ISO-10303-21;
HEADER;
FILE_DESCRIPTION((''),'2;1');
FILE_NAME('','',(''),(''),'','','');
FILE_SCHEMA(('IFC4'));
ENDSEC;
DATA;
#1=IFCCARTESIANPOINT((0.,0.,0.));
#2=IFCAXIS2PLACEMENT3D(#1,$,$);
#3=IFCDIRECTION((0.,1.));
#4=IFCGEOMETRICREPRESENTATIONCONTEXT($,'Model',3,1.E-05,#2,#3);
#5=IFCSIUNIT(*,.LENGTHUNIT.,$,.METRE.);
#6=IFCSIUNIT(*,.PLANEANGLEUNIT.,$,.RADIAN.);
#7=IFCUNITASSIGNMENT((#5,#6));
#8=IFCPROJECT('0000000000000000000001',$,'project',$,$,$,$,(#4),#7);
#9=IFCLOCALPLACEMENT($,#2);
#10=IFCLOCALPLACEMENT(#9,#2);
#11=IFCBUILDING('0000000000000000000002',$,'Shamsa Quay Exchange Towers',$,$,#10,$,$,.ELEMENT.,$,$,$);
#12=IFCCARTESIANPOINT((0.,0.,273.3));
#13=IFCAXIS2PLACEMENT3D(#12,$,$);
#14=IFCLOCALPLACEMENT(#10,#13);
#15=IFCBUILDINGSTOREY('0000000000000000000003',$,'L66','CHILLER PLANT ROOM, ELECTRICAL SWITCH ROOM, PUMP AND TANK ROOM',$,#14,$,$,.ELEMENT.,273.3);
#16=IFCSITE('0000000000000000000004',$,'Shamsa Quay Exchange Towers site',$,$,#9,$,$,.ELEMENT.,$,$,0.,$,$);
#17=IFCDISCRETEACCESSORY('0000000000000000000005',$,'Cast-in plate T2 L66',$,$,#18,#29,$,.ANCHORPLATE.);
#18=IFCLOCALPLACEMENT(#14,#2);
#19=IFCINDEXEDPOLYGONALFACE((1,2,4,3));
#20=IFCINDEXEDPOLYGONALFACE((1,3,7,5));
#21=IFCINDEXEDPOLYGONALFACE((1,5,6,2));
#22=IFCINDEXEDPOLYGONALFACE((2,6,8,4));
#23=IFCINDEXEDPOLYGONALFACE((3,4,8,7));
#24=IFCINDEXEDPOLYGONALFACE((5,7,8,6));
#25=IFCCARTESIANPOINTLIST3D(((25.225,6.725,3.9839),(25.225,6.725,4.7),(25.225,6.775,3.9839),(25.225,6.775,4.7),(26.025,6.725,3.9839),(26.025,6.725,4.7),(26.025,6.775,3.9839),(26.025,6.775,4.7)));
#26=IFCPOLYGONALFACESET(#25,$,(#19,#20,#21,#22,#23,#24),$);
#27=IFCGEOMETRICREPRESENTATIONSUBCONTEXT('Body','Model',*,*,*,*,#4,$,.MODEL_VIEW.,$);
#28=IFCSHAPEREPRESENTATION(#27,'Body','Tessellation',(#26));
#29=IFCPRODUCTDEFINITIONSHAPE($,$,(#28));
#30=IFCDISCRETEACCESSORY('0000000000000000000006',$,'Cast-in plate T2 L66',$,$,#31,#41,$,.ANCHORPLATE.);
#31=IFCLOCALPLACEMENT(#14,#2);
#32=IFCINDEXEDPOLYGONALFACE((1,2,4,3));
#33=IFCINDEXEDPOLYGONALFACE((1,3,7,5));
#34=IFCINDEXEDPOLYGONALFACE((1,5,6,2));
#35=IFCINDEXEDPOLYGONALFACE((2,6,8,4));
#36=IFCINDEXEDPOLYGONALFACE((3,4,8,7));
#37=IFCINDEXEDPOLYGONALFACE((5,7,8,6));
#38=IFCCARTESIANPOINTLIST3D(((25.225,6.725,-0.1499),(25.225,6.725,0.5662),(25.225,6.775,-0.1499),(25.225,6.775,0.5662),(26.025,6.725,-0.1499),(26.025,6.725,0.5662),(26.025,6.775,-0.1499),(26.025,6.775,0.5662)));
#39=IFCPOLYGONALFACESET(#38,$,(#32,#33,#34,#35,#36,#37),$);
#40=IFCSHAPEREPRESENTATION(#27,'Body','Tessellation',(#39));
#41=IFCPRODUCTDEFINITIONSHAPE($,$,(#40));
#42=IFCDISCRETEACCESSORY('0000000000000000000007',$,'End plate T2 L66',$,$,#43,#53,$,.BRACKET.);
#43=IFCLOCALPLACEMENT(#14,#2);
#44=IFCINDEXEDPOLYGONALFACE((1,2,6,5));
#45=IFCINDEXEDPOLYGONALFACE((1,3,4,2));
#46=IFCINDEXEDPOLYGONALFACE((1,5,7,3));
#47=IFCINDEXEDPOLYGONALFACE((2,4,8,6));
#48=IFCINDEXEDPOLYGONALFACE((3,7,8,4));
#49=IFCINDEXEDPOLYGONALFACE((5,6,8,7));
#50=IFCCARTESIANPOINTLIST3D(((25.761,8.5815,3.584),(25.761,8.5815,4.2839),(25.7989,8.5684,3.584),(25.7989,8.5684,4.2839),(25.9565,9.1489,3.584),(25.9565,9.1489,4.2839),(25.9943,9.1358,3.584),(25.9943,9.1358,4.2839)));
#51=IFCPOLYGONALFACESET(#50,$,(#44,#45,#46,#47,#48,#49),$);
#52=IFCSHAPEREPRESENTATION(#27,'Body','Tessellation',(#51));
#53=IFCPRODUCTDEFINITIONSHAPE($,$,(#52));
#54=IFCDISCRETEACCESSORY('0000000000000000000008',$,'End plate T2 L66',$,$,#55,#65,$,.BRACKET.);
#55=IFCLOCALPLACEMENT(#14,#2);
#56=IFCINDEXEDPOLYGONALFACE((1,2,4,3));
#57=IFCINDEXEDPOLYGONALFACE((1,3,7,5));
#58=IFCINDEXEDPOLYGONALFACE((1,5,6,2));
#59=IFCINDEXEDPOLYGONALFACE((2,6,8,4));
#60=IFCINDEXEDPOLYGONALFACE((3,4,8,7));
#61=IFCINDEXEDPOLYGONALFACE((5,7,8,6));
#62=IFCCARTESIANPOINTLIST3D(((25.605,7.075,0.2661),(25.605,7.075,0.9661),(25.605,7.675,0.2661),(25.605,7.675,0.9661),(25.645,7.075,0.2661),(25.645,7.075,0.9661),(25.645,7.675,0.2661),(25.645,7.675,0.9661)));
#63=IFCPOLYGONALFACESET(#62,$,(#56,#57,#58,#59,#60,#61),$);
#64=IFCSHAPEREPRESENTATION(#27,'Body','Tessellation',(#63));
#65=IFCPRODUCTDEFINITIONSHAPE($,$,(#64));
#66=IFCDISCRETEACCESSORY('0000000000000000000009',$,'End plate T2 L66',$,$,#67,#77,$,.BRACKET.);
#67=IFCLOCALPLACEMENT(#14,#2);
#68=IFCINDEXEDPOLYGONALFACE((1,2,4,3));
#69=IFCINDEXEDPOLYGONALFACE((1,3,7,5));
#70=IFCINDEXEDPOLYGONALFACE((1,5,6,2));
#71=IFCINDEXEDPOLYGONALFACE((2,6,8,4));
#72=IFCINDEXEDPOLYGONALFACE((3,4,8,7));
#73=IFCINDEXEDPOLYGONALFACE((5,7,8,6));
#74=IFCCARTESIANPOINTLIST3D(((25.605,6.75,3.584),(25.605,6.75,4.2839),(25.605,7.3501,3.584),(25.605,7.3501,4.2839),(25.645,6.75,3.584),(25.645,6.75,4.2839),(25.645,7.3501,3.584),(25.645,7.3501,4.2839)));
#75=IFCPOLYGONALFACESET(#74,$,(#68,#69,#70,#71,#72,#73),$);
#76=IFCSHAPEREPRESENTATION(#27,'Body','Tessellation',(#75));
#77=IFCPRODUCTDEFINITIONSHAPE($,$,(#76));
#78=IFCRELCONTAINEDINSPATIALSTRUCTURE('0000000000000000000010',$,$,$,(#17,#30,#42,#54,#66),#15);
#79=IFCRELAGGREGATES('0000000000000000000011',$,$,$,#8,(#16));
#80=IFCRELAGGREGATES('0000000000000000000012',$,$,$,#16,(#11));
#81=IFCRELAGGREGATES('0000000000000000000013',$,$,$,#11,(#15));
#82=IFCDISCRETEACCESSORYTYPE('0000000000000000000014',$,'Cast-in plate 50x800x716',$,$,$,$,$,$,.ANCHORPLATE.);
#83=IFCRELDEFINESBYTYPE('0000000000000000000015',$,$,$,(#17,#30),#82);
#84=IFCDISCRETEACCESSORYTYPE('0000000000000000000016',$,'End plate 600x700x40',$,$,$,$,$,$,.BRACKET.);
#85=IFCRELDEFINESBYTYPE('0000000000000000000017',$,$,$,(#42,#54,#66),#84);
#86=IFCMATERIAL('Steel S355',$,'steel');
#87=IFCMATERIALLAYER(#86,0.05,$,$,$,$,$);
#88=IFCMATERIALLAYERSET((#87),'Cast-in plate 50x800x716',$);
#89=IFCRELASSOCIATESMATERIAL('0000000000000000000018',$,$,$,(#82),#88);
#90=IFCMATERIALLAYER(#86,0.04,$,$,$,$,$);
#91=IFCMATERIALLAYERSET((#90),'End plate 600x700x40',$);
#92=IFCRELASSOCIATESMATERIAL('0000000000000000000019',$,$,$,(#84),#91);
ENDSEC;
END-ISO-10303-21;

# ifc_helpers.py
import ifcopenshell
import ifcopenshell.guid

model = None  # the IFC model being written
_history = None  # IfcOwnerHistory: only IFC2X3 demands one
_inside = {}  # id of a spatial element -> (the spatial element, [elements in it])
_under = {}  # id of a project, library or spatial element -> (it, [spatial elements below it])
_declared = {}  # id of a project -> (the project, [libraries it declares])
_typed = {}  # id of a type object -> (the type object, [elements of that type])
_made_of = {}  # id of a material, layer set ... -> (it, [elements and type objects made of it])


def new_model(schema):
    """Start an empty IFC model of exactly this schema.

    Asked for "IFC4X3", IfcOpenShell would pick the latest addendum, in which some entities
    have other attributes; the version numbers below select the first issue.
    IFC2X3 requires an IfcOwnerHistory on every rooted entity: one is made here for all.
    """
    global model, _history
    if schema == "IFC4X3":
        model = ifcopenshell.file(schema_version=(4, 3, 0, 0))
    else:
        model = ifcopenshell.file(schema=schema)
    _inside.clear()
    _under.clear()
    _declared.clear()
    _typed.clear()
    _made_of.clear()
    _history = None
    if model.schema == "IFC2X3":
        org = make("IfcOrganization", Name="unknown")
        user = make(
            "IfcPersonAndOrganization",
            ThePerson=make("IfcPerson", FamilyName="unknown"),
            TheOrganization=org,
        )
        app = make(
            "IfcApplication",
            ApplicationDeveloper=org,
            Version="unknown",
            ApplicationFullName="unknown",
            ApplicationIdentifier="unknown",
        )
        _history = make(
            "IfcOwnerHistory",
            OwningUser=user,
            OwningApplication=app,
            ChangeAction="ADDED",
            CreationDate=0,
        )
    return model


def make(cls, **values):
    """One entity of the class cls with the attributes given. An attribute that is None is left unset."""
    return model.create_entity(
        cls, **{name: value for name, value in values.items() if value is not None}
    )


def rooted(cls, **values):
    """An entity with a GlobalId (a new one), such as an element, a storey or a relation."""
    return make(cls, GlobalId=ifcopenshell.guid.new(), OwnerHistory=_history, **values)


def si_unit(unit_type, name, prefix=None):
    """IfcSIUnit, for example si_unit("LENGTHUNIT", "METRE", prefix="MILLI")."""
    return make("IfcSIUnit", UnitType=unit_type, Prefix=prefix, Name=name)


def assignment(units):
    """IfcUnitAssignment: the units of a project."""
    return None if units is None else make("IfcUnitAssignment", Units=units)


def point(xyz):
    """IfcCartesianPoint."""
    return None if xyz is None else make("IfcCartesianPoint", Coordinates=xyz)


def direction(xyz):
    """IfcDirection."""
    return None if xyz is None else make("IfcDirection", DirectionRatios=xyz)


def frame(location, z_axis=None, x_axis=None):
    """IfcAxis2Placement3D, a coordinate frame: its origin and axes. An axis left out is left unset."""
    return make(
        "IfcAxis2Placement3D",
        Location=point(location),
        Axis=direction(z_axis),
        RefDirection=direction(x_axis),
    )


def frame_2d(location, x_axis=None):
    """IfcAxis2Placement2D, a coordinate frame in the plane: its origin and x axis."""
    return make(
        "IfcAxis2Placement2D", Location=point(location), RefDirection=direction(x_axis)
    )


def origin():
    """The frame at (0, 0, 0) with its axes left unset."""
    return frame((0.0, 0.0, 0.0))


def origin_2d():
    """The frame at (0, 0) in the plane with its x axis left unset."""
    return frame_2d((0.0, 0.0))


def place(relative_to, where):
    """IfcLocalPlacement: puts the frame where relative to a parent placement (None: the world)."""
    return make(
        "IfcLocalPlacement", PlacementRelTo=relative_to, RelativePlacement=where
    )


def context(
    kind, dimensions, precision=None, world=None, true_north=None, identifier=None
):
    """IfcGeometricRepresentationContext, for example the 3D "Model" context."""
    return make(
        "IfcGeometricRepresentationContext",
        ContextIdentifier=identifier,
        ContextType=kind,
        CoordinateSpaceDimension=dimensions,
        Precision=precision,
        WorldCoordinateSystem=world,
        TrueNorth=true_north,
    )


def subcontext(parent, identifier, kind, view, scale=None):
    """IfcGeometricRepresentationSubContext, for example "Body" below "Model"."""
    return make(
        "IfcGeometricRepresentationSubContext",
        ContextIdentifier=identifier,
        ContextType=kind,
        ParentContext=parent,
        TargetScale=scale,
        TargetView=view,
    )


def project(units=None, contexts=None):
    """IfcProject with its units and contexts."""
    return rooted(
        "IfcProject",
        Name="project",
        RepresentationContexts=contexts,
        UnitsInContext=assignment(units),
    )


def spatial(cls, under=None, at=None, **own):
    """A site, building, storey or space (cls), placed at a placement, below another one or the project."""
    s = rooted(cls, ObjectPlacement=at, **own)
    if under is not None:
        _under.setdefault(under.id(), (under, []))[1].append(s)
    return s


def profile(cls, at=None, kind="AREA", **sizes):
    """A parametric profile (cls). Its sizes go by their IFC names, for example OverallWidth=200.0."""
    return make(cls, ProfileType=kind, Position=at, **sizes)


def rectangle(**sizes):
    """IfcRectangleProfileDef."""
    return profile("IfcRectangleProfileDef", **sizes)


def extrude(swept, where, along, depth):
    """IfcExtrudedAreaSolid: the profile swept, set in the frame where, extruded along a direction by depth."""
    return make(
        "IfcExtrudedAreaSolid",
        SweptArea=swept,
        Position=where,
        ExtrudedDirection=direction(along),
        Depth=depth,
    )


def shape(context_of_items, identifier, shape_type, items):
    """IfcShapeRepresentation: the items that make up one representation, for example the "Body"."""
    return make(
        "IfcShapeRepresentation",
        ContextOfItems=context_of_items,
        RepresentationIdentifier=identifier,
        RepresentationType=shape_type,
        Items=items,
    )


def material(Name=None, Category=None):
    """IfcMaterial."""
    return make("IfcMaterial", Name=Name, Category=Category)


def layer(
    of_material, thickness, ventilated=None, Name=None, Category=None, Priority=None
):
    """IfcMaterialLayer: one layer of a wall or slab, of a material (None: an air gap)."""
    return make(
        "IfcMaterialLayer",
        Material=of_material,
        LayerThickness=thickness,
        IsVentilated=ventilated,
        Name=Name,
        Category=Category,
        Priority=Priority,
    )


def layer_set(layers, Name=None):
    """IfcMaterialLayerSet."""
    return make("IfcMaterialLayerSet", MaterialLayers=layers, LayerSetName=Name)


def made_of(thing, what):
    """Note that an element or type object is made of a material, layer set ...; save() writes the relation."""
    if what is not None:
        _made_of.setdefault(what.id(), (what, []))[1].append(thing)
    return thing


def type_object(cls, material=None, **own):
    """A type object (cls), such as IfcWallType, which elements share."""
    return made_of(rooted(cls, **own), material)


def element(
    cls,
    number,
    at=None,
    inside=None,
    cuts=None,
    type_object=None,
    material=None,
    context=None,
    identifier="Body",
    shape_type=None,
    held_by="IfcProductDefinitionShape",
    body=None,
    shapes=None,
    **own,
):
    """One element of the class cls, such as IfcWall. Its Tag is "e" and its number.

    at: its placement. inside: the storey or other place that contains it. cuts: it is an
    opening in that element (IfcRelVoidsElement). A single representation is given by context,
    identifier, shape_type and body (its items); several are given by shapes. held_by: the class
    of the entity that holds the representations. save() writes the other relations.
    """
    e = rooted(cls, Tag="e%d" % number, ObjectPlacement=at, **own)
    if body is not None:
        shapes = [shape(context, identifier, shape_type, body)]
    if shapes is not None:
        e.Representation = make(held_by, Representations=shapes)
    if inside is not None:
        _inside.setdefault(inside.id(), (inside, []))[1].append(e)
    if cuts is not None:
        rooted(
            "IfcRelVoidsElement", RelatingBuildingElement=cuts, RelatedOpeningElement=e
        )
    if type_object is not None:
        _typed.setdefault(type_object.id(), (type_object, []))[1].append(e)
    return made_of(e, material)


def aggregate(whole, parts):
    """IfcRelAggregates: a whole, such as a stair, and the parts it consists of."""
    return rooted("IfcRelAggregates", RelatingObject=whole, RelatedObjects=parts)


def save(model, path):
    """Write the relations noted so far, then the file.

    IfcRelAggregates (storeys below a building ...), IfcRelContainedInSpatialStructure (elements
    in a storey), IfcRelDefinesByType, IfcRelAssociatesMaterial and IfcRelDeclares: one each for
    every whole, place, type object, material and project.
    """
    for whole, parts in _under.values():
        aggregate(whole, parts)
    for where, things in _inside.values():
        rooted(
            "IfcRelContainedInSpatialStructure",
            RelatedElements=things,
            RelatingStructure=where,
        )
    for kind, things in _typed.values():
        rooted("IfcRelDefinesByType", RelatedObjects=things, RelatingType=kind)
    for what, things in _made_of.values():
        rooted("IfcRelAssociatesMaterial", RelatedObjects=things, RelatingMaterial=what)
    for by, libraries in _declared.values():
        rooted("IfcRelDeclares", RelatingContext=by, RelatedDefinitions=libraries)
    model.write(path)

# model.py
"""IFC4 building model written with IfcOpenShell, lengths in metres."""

from ifc_helpers import new_model, si_unit, direction, frame, origin, origin_2d, place, context, subcontext, project, spatial, rectangle, extrude, material, layer, layer_set, type_object, element, save


model = new_model("IFC4")

# Units and contexts
model_context = context("Model", 3, precision=1e-05, world=origin(), true_north=direction((0.0, 1.0)))
body_context = subcontext(model_context, "Body", "Model", "MODEL_VIEW")
ifc_project = project(units=[si_unit("LENGTHUNIT", "METRE"), si_unit("PLANEANGLEUNIT", "RADIAN")], contexts=[model_context])

# Site, building, storey
site_placement = place(None, origin())
site = spatial("IfcSite", under=ifc_project, at=site_placement, Name="Shamsa Quay Exchange Towers site", CompositionType="ELEMENT", RefElevation=0.0)
building_placement = place(site_placement, origin())
building = spatial("IfcBuilding", under=site, at=building_placement, Name="Shamsa Quay Exchange Towers", CompositionType="ELEMENT")
storey_placement = place(building_placement, frame((0.0, 0.0, 273.3)))
storey = spatial("IfcBuildingStorey", under=building, at=storey_placement, Name="L66", Description="CHILLER PLANT ROOM, ELECTRICAL SWITCH ROOM, PUMP AND TANK ROOM", CompositionType="ELEMENT", Elevation=273.3)

# Shared definitions
ifc_material_1 = material(Name="Steel S355", Category="steel")

# Discrete accessories
ifc_layer_1 = layer(ifc_material_1, 0.05)
ifc_layer_set_1 = layer_set([ifc_layer_1], Name="Cast-in plate 50x800x716")
discrete_accessory_type_1 = type_object("IfcDiscreteAccessoryType", Name="Cast-in plate 50x800x716", PredefinedType="ANCHORPLATE", material=ifc_layer_set_1)
for number, where, z_axis, x_axis, name in (
    (1, (25.625, 6.75, 3.9839), (0.0, 0.0, 1.0), (0.0, -1.0, 0.0), "Cast-in plate T2 L66"),
    (2, (25.625, 6.75, -0.1499), (0.0, 0.0, 1.0), (0.0, -1.0, 0.0), "Cast-in plate T2 L66"),
):
    element("IfcDiscreteAccessory", number, at=place(storey_placement, frame(where, z_axis=z_axis, x_axis=x_axis)), inside=storey, type_object=discrete_accessory_type_1, Name=name, PredefinedType="ANCHORPLATE", context=body_context, shape_type="SweptSolid", body=[
        extrude(rectangle(XDim=0.05, YDim=0.8, at=origin_2d()), origin(), (0.0, 0.0, 1.0), 0.7161),
    ])
ifc_layer_2 = layer(ifc_material_1, 0.04)
ifc_layer_set_2 = layer_set([ifc_layer_2], Name="End plate 600x700x40")
discrete_accessory_type_2 = type_object("IfcDiscreteAccessoryType", Name="End plate 600x700x40", PredefinedType="BRACKET", material=ifc_layer_set_2)
for number, where, z_axis, x_axis, name in (
    (3, (25.8777, 8.8586, 3.584), (0.0, 0.0, 1.0), (-0.325667, -0.945485, 0.0), "End plate T2 L66"),
    (4, (25.625, 7.375, 0.2661), (0.0, 0.0, 1.0), (0.0, -1.0, 0.0), "End plate T2 L66"),
    (5, (25.625, 7.05, 3.584), (0.0, 0.0, 1.0), (0.0, -1.0, 0.0), "End plate T2 L66"),
):
    element("IfcDiscreteAccessory", number, at=place(storey_placement, frame(where, z_axis=z_axis, x_axis=x_axis)), inside=storey, type_object=discrete_accessory_type_2, Name=name, PredefinedType="BRACKET", context=body_context, shape_type="SweptSolid", body=[
        extrude(rectangle(XDim=0.6001, YDim=0.04, at=origin_2d()), origin(), (0.0, 0.0, 1.0), 0.7),
    ])

save(model, "model.ifc")
